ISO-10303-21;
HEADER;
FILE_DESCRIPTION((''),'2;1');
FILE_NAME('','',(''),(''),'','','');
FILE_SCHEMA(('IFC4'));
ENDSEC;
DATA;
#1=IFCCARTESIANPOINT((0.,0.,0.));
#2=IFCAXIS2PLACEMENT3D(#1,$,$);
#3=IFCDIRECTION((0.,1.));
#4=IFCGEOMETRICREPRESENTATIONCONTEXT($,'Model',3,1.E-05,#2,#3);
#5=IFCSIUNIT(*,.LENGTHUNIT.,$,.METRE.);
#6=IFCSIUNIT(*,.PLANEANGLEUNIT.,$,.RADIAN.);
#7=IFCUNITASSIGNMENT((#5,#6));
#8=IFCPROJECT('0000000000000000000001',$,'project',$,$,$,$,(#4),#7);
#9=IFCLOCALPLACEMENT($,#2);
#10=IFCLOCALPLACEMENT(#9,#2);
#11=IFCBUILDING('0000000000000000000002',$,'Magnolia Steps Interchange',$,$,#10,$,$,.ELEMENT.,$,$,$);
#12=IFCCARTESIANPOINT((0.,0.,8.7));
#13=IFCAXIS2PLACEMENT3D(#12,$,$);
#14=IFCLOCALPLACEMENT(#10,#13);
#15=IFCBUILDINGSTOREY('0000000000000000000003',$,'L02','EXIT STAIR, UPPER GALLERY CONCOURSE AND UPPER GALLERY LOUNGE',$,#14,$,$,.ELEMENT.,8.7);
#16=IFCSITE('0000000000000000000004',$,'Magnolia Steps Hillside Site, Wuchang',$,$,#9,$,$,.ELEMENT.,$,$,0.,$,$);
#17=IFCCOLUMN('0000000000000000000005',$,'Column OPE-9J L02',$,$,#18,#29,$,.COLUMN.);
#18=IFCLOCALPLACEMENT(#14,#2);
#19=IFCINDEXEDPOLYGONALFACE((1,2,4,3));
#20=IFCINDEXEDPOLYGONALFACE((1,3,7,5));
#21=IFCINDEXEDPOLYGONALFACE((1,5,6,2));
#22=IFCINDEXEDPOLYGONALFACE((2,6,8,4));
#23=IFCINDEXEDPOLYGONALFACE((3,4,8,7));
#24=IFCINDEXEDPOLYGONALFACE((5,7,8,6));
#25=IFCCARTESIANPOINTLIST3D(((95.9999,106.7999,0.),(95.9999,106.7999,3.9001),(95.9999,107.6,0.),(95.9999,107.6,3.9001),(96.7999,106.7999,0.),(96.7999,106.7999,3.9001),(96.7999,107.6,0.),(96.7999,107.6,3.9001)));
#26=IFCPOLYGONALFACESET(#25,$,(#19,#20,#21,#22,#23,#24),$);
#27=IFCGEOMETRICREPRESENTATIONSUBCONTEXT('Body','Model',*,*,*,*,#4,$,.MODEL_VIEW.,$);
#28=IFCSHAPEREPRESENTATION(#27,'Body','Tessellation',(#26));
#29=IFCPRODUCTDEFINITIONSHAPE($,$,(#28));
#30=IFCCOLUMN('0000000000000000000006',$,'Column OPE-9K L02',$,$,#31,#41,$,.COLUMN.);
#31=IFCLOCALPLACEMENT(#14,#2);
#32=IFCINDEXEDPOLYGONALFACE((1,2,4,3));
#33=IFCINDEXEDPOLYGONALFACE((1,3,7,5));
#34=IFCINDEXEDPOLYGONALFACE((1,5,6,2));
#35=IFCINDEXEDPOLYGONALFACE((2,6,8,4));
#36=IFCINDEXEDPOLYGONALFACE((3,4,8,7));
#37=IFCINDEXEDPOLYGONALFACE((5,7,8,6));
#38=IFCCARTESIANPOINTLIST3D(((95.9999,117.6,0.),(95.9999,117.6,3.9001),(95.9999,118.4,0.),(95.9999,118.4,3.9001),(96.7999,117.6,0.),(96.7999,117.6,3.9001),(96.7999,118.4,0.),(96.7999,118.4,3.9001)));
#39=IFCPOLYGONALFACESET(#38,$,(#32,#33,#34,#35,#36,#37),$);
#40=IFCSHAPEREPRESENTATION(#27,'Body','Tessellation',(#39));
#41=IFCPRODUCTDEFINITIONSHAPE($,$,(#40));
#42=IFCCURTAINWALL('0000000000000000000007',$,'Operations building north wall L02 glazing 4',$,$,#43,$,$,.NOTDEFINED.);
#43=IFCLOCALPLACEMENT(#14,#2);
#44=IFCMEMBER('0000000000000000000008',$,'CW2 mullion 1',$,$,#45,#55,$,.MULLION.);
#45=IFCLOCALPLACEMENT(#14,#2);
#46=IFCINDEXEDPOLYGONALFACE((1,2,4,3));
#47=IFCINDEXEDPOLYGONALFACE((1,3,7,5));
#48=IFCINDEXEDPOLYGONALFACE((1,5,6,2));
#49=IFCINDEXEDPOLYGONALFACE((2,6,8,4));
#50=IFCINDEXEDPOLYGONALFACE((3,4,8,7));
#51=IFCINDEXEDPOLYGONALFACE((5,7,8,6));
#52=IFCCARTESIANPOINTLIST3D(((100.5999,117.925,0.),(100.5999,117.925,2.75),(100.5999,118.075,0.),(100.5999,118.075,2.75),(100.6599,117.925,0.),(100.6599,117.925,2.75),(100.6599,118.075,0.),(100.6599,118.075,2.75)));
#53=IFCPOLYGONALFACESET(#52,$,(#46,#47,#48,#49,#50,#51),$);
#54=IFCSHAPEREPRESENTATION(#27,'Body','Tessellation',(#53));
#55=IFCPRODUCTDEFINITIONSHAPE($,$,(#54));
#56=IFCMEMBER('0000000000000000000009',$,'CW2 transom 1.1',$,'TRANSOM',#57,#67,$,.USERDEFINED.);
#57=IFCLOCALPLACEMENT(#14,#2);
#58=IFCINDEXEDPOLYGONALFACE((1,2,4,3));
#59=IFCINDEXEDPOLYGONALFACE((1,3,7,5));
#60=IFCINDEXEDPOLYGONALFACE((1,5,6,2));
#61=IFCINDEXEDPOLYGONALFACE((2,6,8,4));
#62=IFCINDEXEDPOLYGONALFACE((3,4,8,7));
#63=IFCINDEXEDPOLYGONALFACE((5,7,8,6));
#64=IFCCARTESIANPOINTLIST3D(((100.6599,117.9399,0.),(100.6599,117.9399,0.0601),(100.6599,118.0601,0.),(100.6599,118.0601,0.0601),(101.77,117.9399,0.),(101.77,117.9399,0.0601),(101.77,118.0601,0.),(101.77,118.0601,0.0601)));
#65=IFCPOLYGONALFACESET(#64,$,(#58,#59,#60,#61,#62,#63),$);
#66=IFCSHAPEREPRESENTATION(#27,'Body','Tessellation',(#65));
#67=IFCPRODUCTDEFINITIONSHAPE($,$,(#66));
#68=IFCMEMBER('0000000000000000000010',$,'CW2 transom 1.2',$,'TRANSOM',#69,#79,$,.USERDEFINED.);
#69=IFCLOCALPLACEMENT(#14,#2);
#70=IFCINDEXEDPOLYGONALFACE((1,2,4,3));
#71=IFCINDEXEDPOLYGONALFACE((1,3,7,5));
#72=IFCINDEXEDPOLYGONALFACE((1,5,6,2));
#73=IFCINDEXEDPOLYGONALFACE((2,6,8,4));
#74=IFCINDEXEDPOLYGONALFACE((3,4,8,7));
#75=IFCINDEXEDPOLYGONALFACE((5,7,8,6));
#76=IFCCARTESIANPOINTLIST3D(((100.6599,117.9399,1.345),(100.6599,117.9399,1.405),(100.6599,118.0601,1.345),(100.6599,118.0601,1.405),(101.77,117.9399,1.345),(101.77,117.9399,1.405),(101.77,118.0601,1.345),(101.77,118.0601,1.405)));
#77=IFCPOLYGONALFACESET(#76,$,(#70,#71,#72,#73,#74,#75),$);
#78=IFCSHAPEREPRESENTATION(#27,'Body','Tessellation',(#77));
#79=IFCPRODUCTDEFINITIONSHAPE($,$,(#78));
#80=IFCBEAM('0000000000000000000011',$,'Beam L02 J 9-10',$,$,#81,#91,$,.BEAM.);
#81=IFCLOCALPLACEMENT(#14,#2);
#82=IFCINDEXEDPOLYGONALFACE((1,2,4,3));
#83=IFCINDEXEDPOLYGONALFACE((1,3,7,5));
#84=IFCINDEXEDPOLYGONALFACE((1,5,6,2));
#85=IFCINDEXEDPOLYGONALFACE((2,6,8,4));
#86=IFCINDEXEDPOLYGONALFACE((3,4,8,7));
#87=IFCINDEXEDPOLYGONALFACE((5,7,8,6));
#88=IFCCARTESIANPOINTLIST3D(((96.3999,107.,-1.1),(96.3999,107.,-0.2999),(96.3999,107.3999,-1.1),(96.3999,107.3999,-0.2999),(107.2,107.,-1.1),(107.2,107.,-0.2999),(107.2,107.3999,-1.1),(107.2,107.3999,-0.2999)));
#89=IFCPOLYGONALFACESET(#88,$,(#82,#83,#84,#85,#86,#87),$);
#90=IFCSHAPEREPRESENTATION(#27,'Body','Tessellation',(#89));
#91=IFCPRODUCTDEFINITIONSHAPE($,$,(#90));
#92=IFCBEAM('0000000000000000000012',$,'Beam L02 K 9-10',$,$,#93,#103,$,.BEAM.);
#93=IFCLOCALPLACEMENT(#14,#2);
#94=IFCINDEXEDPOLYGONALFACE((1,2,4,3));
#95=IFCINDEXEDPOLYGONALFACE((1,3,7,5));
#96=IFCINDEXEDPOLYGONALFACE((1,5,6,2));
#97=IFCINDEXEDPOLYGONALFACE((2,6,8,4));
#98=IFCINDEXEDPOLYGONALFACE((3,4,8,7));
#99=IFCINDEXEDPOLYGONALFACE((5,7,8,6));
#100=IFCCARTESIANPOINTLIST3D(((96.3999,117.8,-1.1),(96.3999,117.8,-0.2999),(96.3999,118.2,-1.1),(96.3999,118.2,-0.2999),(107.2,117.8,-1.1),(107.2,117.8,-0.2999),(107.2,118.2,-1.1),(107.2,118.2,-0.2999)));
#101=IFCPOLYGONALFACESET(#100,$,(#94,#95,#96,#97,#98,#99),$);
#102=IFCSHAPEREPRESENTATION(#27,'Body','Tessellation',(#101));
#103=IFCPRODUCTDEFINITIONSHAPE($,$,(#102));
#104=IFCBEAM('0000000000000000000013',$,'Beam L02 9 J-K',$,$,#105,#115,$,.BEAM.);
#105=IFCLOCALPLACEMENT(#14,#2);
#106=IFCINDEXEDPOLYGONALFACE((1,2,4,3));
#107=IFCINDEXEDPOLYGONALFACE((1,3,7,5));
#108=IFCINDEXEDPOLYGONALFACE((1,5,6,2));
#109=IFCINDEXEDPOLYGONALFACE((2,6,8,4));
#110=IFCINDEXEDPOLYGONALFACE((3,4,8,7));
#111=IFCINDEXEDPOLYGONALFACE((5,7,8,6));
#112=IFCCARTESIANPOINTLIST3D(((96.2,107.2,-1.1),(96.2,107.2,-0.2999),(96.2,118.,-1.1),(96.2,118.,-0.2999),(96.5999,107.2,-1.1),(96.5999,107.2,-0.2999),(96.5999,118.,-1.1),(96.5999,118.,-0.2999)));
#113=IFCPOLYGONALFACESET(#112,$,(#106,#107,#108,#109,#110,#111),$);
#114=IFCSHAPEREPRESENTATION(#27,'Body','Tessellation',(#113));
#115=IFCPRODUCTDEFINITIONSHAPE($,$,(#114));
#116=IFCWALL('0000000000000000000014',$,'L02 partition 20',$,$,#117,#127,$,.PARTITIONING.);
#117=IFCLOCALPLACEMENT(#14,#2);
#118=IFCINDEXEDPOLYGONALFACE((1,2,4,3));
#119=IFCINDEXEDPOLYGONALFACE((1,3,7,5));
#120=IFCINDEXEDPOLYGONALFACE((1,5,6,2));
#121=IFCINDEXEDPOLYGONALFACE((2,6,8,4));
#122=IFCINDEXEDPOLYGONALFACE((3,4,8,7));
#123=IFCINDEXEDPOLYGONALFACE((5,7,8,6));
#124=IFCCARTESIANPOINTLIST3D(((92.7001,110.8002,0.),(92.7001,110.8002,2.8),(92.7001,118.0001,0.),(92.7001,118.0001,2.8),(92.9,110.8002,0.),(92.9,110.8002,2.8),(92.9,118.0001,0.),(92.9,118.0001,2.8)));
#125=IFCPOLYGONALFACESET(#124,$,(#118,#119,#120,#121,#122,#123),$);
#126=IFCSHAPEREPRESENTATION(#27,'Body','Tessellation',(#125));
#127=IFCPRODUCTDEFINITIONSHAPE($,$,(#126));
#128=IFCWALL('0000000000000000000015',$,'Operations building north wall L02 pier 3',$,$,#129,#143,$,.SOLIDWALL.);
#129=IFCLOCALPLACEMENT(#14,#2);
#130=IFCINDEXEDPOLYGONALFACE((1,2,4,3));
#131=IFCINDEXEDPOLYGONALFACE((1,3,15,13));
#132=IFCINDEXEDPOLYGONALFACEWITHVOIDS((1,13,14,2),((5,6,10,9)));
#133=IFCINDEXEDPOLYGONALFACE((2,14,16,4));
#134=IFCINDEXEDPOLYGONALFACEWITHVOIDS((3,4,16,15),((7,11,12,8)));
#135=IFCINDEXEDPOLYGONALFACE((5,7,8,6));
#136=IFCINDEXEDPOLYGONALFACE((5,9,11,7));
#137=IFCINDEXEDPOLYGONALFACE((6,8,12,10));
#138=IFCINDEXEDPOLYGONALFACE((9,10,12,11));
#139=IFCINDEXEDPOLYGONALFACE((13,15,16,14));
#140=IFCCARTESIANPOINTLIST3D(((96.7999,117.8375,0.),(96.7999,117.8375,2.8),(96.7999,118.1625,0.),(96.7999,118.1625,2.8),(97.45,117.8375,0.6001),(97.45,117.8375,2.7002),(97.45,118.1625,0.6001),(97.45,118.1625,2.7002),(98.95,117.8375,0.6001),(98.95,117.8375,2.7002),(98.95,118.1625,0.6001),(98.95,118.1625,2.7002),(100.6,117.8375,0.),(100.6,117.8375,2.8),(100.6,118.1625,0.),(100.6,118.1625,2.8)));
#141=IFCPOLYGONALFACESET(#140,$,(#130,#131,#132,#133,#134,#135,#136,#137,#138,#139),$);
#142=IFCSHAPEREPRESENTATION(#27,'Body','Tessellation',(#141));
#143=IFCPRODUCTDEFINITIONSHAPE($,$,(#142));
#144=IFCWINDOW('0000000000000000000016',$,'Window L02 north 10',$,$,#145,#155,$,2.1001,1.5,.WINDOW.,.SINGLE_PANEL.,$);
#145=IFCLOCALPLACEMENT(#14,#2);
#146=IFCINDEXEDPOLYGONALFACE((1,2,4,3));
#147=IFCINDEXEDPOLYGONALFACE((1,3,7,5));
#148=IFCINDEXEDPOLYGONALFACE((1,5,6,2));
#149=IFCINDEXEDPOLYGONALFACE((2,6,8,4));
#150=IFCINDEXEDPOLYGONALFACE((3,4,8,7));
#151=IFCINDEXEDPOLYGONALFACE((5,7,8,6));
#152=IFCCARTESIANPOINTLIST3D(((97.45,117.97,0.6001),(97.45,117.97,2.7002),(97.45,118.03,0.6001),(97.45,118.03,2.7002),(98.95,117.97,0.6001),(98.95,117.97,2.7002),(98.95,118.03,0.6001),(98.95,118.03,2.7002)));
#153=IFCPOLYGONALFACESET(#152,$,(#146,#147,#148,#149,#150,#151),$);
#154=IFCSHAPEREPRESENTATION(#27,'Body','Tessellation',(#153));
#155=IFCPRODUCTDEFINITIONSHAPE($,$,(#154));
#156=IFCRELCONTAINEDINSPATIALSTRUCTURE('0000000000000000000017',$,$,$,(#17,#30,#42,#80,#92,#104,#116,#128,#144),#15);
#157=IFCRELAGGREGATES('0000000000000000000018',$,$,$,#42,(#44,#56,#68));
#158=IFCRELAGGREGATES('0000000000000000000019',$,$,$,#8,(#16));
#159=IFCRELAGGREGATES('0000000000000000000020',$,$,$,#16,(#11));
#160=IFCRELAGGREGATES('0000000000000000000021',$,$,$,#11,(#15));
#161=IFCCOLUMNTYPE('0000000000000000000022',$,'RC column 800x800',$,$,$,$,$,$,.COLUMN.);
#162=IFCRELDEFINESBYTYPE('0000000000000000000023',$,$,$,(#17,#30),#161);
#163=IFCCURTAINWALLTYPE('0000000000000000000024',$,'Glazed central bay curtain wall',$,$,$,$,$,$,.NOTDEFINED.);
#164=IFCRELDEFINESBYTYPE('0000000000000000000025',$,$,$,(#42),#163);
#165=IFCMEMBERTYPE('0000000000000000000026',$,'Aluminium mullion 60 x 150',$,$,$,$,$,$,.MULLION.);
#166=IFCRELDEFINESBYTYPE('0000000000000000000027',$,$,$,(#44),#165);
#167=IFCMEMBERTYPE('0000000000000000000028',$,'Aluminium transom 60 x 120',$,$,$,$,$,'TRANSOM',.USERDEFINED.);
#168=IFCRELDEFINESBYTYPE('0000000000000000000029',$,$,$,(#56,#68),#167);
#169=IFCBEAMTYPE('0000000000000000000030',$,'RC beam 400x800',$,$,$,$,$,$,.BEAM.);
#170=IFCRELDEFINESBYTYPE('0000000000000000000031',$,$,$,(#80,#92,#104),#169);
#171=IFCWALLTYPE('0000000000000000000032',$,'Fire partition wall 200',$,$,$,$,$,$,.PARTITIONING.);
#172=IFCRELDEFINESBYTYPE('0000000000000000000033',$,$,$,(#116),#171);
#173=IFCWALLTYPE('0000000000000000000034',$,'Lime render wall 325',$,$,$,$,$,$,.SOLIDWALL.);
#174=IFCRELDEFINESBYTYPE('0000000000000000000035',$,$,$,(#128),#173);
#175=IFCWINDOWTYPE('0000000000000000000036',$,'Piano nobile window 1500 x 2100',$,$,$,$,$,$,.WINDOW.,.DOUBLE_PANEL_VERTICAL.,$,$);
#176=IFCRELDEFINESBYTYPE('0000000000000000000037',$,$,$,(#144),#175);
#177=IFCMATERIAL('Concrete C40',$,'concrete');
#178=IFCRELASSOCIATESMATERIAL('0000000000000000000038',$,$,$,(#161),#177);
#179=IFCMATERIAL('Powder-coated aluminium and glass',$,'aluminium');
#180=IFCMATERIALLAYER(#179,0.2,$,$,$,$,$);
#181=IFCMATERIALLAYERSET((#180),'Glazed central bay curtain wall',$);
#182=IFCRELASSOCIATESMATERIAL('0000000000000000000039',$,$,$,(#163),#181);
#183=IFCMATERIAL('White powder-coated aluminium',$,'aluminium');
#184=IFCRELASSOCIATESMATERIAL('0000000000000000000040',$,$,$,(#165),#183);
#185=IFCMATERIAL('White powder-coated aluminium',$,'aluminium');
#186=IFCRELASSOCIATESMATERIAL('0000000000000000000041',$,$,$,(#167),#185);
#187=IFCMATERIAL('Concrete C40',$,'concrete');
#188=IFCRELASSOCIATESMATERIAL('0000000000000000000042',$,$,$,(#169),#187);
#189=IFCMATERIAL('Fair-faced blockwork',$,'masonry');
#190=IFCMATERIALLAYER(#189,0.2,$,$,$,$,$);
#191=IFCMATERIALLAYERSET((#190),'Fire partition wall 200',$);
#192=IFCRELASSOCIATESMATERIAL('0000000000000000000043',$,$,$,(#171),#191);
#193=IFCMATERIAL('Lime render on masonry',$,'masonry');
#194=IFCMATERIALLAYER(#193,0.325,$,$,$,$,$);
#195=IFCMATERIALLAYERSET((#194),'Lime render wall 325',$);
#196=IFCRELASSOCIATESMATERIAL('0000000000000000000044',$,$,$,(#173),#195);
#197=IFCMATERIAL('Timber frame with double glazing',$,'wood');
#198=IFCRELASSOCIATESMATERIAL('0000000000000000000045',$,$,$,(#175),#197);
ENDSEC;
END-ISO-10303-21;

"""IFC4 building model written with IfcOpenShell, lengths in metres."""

from ifc_helpers import new_model, si_unit, direction, frame, frame_2d, origin, origin_2d, place, context, subcontext, project, spatial, rectangle, extrude, material, layer, layer_set, material_profile, profile_set, type_object, element, fill, aggregate, save


model = new_model("IFC4")

# Units and contexts
model_context = context("Model", 3, precision=1e-05, world=origin(), true_north=direction((0.0, 1.0)))
body_context = subcontext(model_context, "Body", "Model", "MODEL_VIEW")
ifc_project = project(units=[si_unit("LENGTHUNIT", "METRE"), si_unit("PLANEANGLEUNIT", "RADIAN")], contexts=[model_context])

# Site, building, storey
site_placement = place(None, origin())
site = spatial("IfcSite", under=ifc_project, at=site_placement, Name="Magnolia Steps Hillside Site, Wuchang", CompositionType="ELEMENT", RefElevation=0.0)
building_placement = place(site_placement, origin())
building = spatial("IfcBuilding", under=site, at=building_placement, Name="Magnolia Steps Interchange", CompositionType="ELEMENT")
storey_placement = place(building_placement, frame((0.0, 0.0, 8.7)))
storey = spatial("IfcBuildingStorey", under=building, at=storey_placement, Name="L02", Description="EXIT STAIR, UPPER GALLERY CONCOURSE AND UPPER GALLERY LOUNGE", CompositionType="ELEMENT", Elevation=8.7)

# Columns
ifc_material_1 = material(Name="Concrete C40", Category="concrete")
ifc_material_profile_1 = material_profile(ifc_material_1, rectangle(XDim=0.8, YDim=0.8, at=origin_2d()), Name="RC800x800")
ifc_profile_set_1 = profile_set([ifc_material_profile_1], Name="Concrete C40")
column_type = type_object("IfcColumnType", Name="RC column 800x800", PredefinedType="COLUMN", material=ifc_profile_set_1)
for number, where, z_axis, x_axis, name in (
    (1, (96.3999, 107.2, 0.0), (0.0, 0.0, 1.0), (1.0, 0.0, 0.0), "Column OPE-9J L02"),
    (2, (96.3999, 118.0, 0.0), (0.0, 0.0, 1.0), (1.0, 0.0, 0.0), "Column OPE-9K L02"),
):
    element("IfcColumn", number, at=place(storey_placement, frame(where, z_axis=z_axis, x_axis=x_axis)), inside=storey, type_object=column_type, Name=name, PredefinedType="COLUMN", context=body_context, shape_type="SweptSolid", body=[
        extrude(rectangle(XDim=0.8, YDim=0.8, at=origin_2d()), origin(), (0.0, 0.0, 1.0), 3.9001),
    ])

# Curtain wall, members
ifc_material_2 = material(Name="Powder-coated aluminium and glass", Category="aluminium")
ifc_layer_1 = layer(ifc_material_2, 0.2)
ifc_layer_set_1 = layer_set([ifc_layer_1], Name="Glazed central bay curtain wall")
curtain_wall_type = type_object("IfcCurtainWallType", Name="Glazed central bay curtain wall", PredefinedType="NOTDEFINED", material=ifc_layer_set_1)
curtain_wall_placement = place(storey_placement, origin())
curtain_wall = element("IfcCurtainWall", 3, at=curtain_wall_placement, inside=storey, type_object=curtain_wall_type, Name="Operations building north wall L02 glazing 4", PredefinedType="NOTDEFINED")
ifc_material_3 = material(Name="White powder-coated aluminium", Category="aluminium")
ifc_material_profile_2 = material_profile(ifc_material_3, rectangle(XDim=0.0601, YDim=0.1499, at=origin_2d()), Name="Aluminium mullion 60 x 150")
ifc_profile_set_2 = profile_set([ifc_material_profile_2], Name="White powder-coated aluminium")
member_type_1 = type_object("IfcMemberType", Name="Aluminium mullion 60 x 150", PredefinedType="MULLION", material=ifc_profile_set_2)
member_1_placement = place(storey_placement, frame((100.6299, 118.0, 0.0), z_axis=(0.0, 0.0, 1.0), x_axis=(1.0, 0.0, 0.0)))
member_1 = element("IfcMember", 4, at=member_1_placement, type_object=member_type_1, Name="CW2 mullion 1", PredefinedType="MULLION", context=body_context, shape_type="SweptSolid", body=[
    extrude(rectangle(XDim=0.0601, YDim=0.1499, at=origin_2d()), origin(), (0.0, 0.0, 1.0), 2.75),
])
ifc_material_4 = material(Name="White powder-coated aluminium", Category="aluminium")
ifc_material_profile_3 = material_profile(ifc_material_4, rectangle(XDim=0.0601, YDim=0.1201, at=origin_2d()), Name="Aluminium transom 60 x 120")
ifc_profile_set_3 = profile_set([ifc_material_profile_3], Name="White powder-coated aluminium")
member_type_2 = type_object("IfcMemberType", Name="Aluminium transom 60 x 120", ElementType="TRANSOM", PredefinedType="USERDEFINED", material=ifc_profile_set_3)
member_2_placement = place(storey_placement, frame((100.6599, 118.0, 0.03), z_axis=(1.0, 0.0, 0.0), x_axis=(0.0, 0.0, 1.0)))
member_2 = element("IfcMember", 5, at=member_2_placement, type_object=member_type_2, Name="CW2 transom 1.1", ObjectType="TRANSOM", PredefinedType="USERDEFINED", context=body_context, shape_type="SweptSolid", body=[
    extrude(rectangle(XDim=0.0601, YDim=0.1201, at=origin_2d()), origin(), (0.0, 0.0, 1.0), 1.1101),
])
member_3_placement = place(storey_placement, frame((100.6599, 118.0, 1.375), z_axis=(1.0, 0.0, 0.0), x_axis=(0.0, 0.0, 1.0)))
member_3 = element("IfcMember", 6, at=member_3_placement, type_object=member_type_2, Name="CW2 transom 1.2", ObjectType="TRANSOM", PredefinedType="USERDEFINED", context=body_context, shape_type="SweptSolid", body=[
    extrude(rectangle(XDim=0.0601, YDim=0.1201, at=origin_2d()), origin(), (0.0, 0.0, 1.0), 1.1101),
])
aggregate(curtain_wall, [member_1, member_2, member_3])

# Beams
ifc_material_5 = material(Name="Concrete C40", Category="concrete")
ifc_material_profile_4 = material_profile(ifc_material_5, rectangle(XDim=0.3999, YDim=0.8, at=origin_2d()), Name="RC400x800")
ifc_profile_set_4 = profile_set([ifc_material_profile_4], Name="Concrete C40")
beam_type = type_object("IfcBeamType", Name="RC beam 400x800", PredefinedType="BEAM", material=ifc_profile_set_4)
for number, where, z_axis, x_axis, name in (
    (7, (96.3999, 107.2, -0.7), (1.0, 0.0, 0.0), (0.0, 1.0, 0.0), "Beam L02 J 9-10"),
    (8, (96.3999, 118.0, -0.7), (1.0, 0.0, 0.0), (0.0, 1.0, 0.0), "Beam L02 K 9-10"),
    (9, (96.3999, 107.2, -0.7), (0.0, 1.0, 0.0), (-1.0, 0.0, 0.0), "Beam L02 9 J-K"),
):
    element("IfcBeam", number, at=place(storey_placement, frame(where, z_axis=z_axis, x_axis=x_axis)), inside=storey, type_object=beam_type, Name=name, PredefinedType="BEAM", context=body_context, shape_type="SweptSolid", body=[
        extrude(rectangle(XDim=0.3999, YDim=0.8, at=origin_2d()), origin(), (0.0, 0.0, 1.0), 10.8),
    ])

# Wall
ifc_material_6 = material(Name="Fair-faced blockwork", Category="masonry")
ifc_layer_2 = layer(ifc_material_6, 0.2)
ifc_layer_set_2 = layer_set([ifc_layer_2], Name="Fire partition wall 200")
wall_type_1 = type_object("IfcWallType", Name="Fire partition wall 200", PredefinedType="PARTITIONING", material=ifc_layer_set_2)
wall_1_placement = place(storey_placement, frame((92.8, 110.8, 0.0), z_axis=(0.0, 0.0, 1.0), x_axis=(0.0, 1.0, 0.0)))
element("IfcWall", 10, at=wall_1_placement, inside=storey, type_object=wall_type_1, Name="L02 partition 20", PredefinedType="PARTITIONING", context=body_context, shape_type="SweptSolid", body=[
    extrude(rectangle(XDim=7.2, YDim=0.2, at=frame_2d((3.6001, 0.0))), origin(), (0.0, 0.0, 1.0), 2.8),
])

# Wall, opening, window
ifc_material_7 = material(Name="Lime render on masonry", Category="masonry")
ifc_layer_3 = layer(ifc_material_7, 0.325)
ifc_layer_set_3 = layer_set([ifc_layer_3], Name="Lime render wall 325")
wall_type_2 = type_object("IfcWallType", Name="Lime render wall 325", PredefinedType="SOLIDWALL", material=ifc_layer_set_3)
wall_2_placement = place(storey_placement, frame((96.8, 118.0, 0.0), z_axis=(0.0, 0.0, 1.0), x_axis=(1.0, 0.0, 0.0)))
wall_2 = element("IfcWall", 11, at=wall_2_placement, inside=storey, type_object=wall_type_2, Name="Operations building north wall L02 pier 3", PredefinedType="SOLIDWALL", context=body_context, shape_type="SweptSolid", body=[
    extrude(rectangle(XDim=3.8, YDim=0.325, at=frame_2d((1.8999, 0.0))), origin(), (0.0, 0.0, 1.0), 2.8),
])
opening_1_placement = place(wall_2_placement, frame((0.6499, 0.0, 0.6001)))
opening_1 = element("IfcOpeningElement", 12, at=opening_1_placement, cuts=wall_2, PredefinedType="OPENING", context=body_context, shape_type="SweptSolid", body=[
    extrude(rectangle(XDim=1.5, YDim=2.1001, at=frame_2d((0.75, 1.05))), frame((0.0, 0.1724, 0.0), z_axis=(0.0, -1.0, 0.0), x_axis=(1.0, 0.0, 0.0)), (0.0, 0.0, 1.0), 0.345),
])
ifc_material_8 = material(Name="Timber frame with double glazing", Category="wood")
window_type = type_object("IfcWindowType", Name="Piano nobile window 1500 x 2100", PartitioningType="DOUBLE_PANEL_VERTICAL", PredefinedType="WINDOW", material=ifc_material_8)
window_placement = place(opening_1_placement, origin())
window = element("IfcWindow", 13, at=window_placement, inside=storey, type_object=window_type, Name="Window L02 north 10", OverallHeight=2.1001, OverallWidth=1.5, PartitioningType="SINGLE_PANEL", PredefinedType="WINDOW", context=body_context, shape_type="SweptSolid", body=[
    extrude(rectangle(XDim=1.5, YDim=2.1001, at=frame_2d((0.75, 1.05))), frame((0.0, 0.03, 0.0), z_axis=(0.0, -1.0, 0.0), x_axis=(1.0, 0.0, 0.0)), (0.0, 0.0, 1.0), 0.0601),
])
fill(opening_1, window)

save(model, "model.ifc")
